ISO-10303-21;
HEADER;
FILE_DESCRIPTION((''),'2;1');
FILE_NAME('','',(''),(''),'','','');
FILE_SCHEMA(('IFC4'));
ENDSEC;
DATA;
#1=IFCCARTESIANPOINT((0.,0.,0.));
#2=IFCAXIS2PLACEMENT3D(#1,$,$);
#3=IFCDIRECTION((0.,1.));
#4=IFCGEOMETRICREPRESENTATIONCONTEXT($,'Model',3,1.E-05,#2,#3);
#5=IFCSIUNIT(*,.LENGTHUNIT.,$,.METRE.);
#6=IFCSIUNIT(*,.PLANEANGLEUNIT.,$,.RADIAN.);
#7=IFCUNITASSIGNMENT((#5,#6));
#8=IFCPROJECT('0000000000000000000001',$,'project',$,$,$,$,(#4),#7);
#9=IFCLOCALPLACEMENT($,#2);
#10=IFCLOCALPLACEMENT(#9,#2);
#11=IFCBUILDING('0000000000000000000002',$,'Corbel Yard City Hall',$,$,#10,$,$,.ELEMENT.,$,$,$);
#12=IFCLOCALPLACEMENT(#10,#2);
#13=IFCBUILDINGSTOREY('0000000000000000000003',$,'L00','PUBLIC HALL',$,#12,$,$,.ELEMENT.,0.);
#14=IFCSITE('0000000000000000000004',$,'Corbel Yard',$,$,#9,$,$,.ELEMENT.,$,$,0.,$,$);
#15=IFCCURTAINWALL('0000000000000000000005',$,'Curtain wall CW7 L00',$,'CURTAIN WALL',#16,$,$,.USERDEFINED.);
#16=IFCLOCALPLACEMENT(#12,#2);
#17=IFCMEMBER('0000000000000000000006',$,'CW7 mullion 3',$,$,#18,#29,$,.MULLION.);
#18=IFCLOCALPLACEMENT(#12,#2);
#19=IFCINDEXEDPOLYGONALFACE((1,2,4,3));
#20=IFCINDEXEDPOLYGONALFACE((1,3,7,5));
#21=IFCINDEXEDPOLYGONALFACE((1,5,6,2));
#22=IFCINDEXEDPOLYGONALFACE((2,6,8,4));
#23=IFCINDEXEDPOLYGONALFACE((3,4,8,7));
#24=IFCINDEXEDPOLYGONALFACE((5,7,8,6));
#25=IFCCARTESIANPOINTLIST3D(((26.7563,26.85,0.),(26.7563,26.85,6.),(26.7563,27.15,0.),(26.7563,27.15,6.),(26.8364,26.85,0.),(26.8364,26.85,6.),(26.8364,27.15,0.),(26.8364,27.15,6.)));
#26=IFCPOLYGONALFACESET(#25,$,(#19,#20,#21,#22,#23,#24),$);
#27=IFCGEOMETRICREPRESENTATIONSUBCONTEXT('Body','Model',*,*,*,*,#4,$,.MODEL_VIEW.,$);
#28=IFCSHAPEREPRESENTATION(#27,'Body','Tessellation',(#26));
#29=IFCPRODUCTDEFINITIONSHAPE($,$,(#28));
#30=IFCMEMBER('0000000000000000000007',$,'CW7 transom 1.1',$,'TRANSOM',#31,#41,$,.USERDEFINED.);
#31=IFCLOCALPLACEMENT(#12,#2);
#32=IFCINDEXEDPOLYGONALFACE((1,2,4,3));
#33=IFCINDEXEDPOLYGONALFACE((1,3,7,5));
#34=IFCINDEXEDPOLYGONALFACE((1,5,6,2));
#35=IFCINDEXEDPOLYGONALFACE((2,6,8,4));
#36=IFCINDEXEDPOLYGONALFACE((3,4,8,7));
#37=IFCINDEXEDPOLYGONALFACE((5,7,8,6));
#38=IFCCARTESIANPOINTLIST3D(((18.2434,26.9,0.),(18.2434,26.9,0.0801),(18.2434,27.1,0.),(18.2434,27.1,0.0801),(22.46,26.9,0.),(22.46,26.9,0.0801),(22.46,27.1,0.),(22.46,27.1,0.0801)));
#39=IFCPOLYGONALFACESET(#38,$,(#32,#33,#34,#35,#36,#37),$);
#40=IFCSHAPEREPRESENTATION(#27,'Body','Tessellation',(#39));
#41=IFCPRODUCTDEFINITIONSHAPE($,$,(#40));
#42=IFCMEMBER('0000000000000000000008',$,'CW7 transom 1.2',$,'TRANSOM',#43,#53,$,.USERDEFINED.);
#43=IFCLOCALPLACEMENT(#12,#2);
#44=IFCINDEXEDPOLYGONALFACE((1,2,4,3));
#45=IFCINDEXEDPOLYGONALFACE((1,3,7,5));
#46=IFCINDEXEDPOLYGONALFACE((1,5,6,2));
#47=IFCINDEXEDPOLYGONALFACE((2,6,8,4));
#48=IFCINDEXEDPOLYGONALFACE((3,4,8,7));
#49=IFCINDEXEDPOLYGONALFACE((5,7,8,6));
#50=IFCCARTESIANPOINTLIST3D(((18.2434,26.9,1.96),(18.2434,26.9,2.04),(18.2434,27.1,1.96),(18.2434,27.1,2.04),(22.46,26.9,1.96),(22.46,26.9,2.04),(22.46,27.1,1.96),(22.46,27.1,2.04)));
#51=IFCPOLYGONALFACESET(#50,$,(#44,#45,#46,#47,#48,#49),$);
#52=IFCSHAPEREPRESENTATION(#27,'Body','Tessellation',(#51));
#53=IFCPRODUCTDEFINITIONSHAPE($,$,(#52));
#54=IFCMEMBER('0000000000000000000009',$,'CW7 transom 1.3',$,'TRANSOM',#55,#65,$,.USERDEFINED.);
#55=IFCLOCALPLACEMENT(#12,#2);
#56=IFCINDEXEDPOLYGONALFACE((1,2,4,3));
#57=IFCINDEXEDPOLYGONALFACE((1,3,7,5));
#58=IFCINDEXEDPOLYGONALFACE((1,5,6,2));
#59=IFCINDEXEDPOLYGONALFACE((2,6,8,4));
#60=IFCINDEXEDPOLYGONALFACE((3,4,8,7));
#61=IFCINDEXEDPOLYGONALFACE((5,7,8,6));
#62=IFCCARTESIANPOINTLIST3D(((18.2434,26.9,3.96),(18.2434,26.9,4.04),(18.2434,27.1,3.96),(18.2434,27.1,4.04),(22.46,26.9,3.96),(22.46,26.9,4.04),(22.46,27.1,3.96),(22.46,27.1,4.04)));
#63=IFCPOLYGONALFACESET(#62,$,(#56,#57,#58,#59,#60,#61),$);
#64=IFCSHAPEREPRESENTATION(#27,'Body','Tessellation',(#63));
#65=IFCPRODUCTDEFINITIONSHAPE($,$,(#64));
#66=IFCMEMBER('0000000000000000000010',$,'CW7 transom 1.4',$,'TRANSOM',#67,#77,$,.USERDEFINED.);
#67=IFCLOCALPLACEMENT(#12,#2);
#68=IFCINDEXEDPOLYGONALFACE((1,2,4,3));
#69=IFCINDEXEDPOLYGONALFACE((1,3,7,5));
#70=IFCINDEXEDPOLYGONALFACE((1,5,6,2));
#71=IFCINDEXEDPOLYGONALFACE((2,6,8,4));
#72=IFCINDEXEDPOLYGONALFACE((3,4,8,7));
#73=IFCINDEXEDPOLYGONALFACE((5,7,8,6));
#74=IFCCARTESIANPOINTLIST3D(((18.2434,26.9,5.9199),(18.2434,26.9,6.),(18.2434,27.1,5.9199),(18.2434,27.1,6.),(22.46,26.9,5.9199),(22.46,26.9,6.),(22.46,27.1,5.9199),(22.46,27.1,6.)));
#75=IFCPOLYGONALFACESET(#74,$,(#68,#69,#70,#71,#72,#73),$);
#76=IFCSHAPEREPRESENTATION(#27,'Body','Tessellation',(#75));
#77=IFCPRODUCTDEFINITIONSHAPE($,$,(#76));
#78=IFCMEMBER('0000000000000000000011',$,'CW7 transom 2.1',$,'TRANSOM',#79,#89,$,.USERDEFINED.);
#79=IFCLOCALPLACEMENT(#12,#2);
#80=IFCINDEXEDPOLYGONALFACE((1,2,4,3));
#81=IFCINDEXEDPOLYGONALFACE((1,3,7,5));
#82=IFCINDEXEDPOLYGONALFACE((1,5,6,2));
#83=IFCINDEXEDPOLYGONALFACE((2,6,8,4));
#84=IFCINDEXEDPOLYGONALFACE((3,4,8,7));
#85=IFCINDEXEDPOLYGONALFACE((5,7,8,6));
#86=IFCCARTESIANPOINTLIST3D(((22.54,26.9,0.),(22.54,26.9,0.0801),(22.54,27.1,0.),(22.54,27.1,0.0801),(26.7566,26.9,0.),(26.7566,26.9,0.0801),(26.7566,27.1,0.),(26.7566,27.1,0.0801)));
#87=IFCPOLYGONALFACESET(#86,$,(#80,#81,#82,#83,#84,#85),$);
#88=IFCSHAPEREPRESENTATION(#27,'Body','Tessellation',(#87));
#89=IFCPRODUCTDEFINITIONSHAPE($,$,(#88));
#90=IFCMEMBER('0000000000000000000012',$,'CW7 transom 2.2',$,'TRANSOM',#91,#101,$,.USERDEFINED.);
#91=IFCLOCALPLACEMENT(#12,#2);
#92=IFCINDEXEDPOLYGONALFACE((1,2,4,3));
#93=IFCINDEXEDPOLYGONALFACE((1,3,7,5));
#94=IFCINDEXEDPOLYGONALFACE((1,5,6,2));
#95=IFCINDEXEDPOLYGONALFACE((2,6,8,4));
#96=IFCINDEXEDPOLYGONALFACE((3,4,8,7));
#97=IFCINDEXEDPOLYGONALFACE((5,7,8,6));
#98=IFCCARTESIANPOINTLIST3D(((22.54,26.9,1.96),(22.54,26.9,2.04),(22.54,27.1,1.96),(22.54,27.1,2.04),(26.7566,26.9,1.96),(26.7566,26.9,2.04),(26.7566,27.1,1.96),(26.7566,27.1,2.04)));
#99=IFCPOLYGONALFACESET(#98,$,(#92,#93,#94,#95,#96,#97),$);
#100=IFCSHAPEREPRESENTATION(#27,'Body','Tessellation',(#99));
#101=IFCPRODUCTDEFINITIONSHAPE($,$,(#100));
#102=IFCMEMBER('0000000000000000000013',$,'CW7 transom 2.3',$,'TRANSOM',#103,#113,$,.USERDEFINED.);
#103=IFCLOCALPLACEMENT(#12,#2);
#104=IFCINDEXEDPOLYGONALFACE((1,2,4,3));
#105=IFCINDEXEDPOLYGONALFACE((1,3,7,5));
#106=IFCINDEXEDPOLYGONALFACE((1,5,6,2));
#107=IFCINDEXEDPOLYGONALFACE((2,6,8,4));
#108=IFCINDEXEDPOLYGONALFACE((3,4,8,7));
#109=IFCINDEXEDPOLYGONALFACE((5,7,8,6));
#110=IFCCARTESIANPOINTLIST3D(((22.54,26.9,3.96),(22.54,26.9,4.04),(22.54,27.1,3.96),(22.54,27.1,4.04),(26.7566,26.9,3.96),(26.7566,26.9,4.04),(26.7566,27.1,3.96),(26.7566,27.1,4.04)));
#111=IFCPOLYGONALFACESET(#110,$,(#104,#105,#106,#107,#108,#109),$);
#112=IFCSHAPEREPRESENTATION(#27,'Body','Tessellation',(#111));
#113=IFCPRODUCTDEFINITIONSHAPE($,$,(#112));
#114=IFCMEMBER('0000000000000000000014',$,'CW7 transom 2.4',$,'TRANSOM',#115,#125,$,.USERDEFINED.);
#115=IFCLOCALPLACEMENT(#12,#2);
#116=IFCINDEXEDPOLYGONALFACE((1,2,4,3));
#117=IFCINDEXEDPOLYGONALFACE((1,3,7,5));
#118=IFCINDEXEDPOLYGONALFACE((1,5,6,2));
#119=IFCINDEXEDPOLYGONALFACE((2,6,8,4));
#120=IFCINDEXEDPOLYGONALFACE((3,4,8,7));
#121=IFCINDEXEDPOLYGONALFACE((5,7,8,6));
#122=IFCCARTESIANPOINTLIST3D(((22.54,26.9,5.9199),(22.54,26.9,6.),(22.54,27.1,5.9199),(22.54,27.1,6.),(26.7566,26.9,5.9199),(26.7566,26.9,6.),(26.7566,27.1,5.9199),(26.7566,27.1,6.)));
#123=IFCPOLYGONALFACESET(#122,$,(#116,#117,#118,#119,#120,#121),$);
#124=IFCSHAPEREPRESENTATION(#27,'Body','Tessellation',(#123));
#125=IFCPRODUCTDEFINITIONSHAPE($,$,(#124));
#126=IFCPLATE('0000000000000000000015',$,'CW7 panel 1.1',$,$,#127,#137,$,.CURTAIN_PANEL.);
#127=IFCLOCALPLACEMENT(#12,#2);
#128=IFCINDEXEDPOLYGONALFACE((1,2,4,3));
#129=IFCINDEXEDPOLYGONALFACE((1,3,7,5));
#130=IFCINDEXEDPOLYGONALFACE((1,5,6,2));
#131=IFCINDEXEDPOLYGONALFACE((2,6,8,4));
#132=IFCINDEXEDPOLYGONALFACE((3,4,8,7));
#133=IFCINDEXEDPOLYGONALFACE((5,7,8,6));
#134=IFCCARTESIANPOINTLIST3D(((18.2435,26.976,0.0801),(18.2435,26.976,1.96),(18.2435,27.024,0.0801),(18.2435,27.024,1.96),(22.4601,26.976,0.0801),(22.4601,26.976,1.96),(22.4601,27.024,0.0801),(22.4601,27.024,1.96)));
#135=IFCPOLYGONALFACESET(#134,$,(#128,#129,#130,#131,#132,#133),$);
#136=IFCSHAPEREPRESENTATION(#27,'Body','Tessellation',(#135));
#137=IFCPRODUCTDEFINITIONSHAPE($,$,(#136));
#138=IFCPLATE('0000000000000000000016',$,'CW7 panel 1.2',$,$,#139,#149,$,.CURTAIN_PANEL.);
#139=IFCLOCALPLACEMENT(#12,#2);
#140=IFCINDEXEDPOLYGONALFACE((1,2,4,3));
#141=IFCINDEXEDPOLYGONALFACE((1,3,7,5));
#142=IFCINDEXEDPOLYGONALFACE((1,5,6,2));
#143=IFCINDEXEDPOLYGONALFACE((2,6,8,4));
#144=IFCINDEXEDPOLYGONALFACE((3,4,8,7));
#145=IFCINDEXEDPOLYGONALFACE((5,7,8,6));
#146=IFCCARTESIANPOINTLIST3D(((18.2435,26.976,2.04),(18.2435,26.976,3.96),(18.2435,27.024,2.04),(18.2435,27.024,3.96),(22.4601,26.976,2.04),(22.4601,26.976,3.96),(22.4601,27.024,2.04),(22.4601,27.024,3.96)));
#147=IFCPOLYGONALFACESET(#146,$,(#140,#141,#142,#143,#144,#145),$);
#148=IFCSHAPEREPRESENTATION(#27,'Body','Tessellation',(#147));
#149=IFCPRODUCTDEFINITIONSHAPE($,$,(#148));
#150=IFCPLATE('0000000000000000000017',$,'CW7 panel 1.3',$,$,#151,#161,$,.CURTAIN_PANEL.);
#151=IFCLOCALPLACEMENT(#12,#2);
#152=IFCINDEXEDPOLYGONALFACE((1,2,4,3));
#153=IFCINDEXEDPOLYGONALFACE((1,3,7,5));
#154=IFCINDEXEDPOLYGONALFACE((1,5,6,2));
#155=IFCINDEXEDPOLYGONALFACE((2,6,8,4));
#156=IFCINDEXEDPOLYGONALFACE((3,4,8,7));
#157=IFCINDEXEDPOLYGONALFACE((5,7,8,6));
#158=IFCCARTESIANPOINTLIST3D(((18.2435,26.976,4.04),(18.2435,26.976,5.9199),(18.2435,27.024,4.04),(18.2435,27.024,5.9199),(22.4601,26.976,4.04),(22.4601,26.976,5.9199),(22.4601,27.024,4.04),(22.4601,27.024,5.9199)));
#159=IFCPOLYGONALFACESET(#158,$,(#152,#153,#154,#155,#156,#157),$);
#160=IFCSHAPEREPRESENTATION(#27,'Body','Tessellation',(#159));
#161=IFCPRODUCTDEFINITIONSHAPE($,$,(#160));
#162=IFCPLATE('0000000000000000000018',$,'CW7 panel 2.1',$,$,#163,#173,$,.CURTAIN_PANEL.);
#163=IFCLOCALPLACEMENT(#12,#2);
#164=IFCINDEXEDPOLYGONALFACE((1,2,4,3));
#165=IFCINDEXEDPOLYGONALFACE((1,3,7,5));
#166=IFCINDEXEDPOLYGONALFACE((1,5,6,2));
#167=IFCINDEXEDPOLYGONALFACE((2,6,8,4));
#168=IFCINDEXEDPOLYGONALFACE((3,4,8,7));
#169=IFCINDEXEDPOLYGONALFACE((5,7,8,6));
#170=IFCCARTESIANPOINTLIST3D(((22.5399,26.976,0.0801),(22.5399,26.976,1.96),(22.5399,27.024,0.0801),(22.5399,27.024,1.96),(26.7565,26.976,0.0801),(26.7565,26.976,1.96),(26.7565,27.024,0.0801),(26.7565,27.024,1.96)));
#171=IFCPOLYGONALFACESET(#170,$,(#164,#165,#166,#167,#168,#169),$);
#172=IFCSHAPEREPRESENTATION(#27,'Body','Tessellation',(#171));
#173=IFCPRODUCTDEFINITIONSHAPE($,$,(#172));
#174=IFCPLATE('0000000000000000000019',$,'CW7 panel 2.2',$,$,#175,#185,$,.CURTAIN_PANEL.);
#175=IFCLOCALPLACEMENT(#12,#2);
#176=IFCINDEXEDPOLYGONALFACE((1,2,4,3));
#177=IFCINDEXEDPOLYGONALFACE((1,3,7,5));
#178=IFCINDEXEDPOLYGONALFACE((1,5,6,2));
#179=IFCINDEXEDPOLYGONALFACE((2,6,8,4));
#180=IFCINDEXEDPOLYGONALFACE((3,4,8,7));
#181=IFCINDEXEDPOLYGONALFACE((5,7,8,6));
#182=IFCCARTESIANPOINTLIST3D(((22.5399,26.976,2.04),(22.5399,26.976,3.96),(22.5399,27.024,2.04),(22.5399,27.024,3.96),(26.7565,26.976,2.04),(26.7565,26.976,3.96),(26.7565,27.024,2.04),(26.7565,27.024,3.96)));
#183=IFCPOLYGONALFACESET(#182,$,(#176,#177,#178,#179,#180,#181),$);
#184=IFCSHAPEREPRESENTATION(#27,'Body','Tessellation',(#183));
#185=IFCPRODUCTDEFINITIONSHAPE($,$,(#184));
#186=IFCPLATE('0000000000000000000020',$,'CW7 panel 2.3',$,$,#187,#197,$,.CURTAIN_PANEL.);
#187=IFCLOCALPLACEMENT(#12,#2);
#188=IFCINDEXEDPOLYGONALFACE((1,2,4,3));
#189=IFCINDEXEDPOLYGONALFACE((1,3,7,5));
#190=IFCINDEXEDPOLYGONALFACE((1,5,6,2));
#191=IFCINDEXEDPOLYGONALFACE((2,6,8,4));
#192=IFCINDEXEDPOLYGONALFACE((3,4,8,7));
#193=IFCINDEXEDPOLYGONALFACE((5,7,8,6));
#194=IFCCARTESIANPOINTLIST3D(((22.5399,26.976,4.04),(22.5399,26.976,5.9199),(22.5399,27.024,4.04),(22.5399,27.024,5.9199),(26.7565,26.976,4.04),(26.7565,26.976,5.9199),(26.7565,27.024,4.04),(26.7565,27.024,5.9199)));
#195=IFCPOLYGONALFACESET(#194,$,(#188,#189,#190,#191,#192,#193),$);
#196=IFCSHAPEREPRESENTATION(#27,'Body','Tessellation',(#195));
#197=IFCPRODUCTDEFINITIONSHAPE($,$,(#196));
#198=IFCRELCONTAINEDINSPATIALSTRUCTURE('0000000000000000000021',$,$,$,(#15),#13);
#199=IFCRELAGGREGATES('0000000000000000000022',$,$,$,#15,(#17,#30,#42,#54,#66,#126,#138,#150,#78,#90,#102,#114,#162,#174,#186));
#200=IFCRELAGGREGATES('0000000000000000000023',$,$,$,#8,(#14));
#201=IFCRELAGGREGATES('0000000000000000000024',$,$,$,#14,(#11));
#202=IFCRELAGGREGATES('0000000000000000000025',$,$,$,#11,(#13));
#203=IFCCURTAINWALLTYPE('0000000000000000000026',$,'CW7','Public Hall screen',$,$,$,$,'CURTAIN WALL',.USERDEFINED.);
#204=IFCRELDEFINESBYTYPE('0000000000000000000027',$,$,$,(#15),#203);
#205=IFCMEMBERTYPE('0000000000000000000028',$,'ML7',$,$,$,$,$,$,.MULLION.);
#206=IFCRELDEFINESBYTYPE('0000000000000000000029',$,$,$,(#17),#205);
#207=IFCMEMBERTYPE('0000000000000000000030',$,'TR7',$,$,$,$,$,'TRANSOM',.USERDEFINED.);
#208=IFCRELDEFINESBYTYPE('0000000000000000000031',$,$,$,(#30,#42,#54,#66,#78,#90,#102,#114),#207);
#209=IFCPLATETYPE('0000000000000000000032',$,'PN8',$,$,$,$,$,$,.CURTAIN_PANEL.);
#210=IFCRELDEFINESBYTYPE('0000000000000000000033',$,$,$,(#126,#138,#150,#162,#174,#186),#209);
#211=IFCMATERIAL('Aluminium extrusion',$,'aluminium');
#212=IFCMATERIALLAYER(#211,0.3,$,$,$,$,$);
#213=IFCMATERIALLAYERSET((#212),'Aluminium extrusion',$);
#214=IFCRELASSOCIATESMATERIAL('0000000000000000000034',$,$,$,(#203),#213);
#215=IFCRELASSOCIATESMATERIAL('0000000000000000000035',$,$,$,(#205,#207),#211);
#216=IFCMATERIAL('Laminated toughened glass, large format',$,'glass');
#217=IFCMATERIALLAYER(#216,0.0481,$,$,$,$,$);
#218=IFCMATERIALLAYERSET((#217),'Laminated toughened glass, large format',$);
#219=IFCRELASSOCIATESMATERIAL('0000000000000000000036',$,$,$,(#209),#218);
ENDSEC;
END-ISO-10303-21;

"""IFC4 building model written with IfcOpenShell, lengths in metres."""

from ifc_helpers import new_model, si_unit, direction, frame, origin, origin_2d, place, context, subcontext, project, spatial, rectangle, extrude, material, layer, layer_set, material_profile, profile_set, type_object, element, aggregate, save


model = new_model("IFC4")

# Units and contexts
model_context = context("Model", 3, precision=1e-05, world=origin(), true_north=direction((0.0, 1.0)))
body_context = subcontext(model_context, "Body", "Model", "MODEL_VIEW")
ifc_project = project(units=[si_unit("LENGTHUNIT", "METRE"), si_unit("PLANEANGLEUNIT", "RADIAN")], contexts=[model_context])

# Site, building, storey
site_placement = place(None, origin())
site = spatial("IfcSite", under=ifc_project, at=site_placement, Name="Corbel Yard", CompositionType="ELEMENT", RefElevation=0.0)
building_placement = place(site_placement, origin())
building = spatial("IfcBuilding", under=site, at=building_placement, Name="Corbel Yard City Hall", CompositionType="ELEMENT")
storey_placement = place(building_placement, origin())
storey = spatial("IfcBuildingStorey", under=building, at=storey_placement, Name="L00", Description="PUBLIC HALL", CompositionType="ELEMENT", Elevation=0.0)

# Curtain wall, members, plates
ifc_material_1 = material(Name="Aluminium extrusion", Category="aluminium")
ifc_layer_1 = layer(ifc_material_1, 0.3)
ifc_layer_set_1 = layer_set([ifc_layer_1], Name="Aluminium extrusion")
curtain_wall_type = type_object("IfcCurtainWallType", Name="CW7", Description="Public Hall screen", ElementType="CURTAIN WALL", PredefinedType="USERDEFINED", material=ifc_layer_set_1)
curtain_wall_placement = place(storey_placement, origin())
curtain_wall = element("IfcCurtainWall", 1, at=curtain_wall_placement, inside=storey, type_object=curtain_wall_type, Name="Curtain wall CW7 L00", ObjectType="CURTAIN WALL", PredefinedType="USERDEFINED")
ifc_material_profile_1 = material_profile(ifc_material_1, rectangle(XDim=0.3, YDim=0.0801, at=origin_2d()), Name="300x80")
ifc_profile_set_1 = profile_set([ifc_material_profile_1], Name="Aluminium extrusion")
member_type_1 = type_object("IfcMemberType", Name="ML7", PredefinedType="MULLION", material=ifc_profile_set_1)
member_1_placement = place(storey_placement, frame((26.7964, 27.0, 0.0), z_axis=(0.0, 0.0, 1.0), x_axis=(0.0, 1.0, 0.0)))
member_1 = element("IfcMember", 2, at=member_1_placement, type_object=member_type_1, Name="CW7 mullion 3", PredefinedType="MULLION", context=body_context, shape_type="SweptSolid", body=[
    extrude(rectangle(XDim=0.3, YDim=0.0801, at=origin_2d()), origin(), (0.0, 0.0, 1.0), 6.0),
])
ifc_material_profile_2 = material_profile(ifc_material_1, rectangle(XDim=0.2, YDim=0.0801, at=origin_2d()), Name="200x80")
ifc_profile_set_2 = profile_set([ifc_material_profile_2], Name="Aluminium extrusion")
member_type_2 = type_object("IfcMemberType", Name="TR7", ElementType="TRANSOM", PredefinedType="USERDEFINED", material=ifc_profile_set_2)
member_2_placement = place(storey_placement, frame((18.2434, 27.0, 0.04), z_axis=(1.0, 0.0, 0.0), x_axis=(0.0, 1.0, 0.0)))
member_2 = element("IfcMember", 3, at=member_2_placement, type_object=member_type_2, Name="CW7 transom 1.1", ObjectType="TRANSOM", PredefinedType="USERDEFINED", context=body_context, shape_type="SweptSolid", body=[
    extrude(rectangle(XDim=0.2, YDim=0.0801, at=origin_2d()), origin(), (0.0, 0.0, 1.0), 4.2166),
])
member_3_placement = place(storey_placement, frame((18.2434, 27.0, 2.0), z_axis=(1.0, 0.0, 0.0), x_axis=(0.0, 1.0, 0.0)))
member_3 = element("IfcMember", 4, at=member_3_placement, type_object=member_type_2, Name="CW7 transom 1.2", ObjectType="TRANSOM", PredefinedType="USERDEFINED", context=body_context, shape_type="SweptSolid", body=[
    extrude(rectangle(XDim=0.2, YDim=0.0801, at=origin_2d()), origin(), (0.0, 0.0, 1.0), 4.2166),
])
member_4_placement = place(storey_placement, frame((18.2434, 27.0, 4.0), z_axis=(1.0, 0.0, 0.0), x_axis=(0.0, 1.0, 0.0)))
member_4 = element("IfcMember", 5, at=member_4_placement, type_object=member_type_2, Name="CW7 transom 1.3", ObjectType="TRANSOM", PredefinedType="USERDEFINED", context=body_context, shape_type="SweptSolid", body=[
    extrude(rectangle(XDim=0.2, YDim=0.0801, at=origin_2d()), origin(), (0.0, 0.0, 1.0), 4.2166),
])
member_5_placement = place(storey_placement, frame((18.2434, 27.0, 5.96), z_axis=(1.0, 0.0, 0.0), x_axis=(0.0, 1.0, 0.0)))
member_5 = element("IfcMember", 6, at=member_5_placement, type_object=member_type_2, Name="CW7 transom 1.4", ObjectType="TRANSOM", PredefinedType="USERDEFINED", context=body_context, shape_type="SweptSolid", body=[
    extrude(rectangle(XDim=0.2, YDim=0.0801, at=origin_2d()), origin(), (0.0, 0.0, 1.0), 4.2166),
])
member_6_placement = place(storey_placement, frame((22.54, 27.0, 0.04), z_axis=(1.0, 0.0, 0.0), x_axis=(0.0, 1.0, 0.0)))
member_6 = element("IfcMember", 7, at=member_6_placement, type_object=member_type_2, Name="CW7 transom 2.1", ObjectType="TRANSOM", PredefinedType="USERDEFINED", context=body_context, shape_type="SweptSolid", body=[
    extrude(rectangle(XDim=0.2, YDim=0.0801, at=origin_2d()), origin(), (0.0, 0.0, 1.0), 4.2166),
])
member_7_placement = place(storey_placement, frame((22.54, 27.0, 2.0), z_axis=(1.0, 0.0, 0.0), x_axis=(0.0, 1.0, 0.0)))
member_7 = element("IfcMember", 8, at=member_7_placement, type_object=member_type_2, Name="CW7 transom 2.2", ObjectType="TRANSOM", PredefinedType="USERDEFINED", context=body_context, shape_type="SweptSolid", body=[
    extrude(rectangle(XDim=0.2, YDim=0.0801, at=origin_2d()), origin(), (0.0, 0.0, 1.0), 4.2166),
])
member_8_placement = place(storey_placement, frame((22.54, 27.0, 4.0), z_axis=(1.0, 0.0, 0.0), x_axis=(0.0, 1.0, 0.0)))
member_8 = element("IfcMember", 9, at=member_8_placement, type_object=member_type_2, Name="CW7 transom 2.3", ObjectType="TRANSOM", PredefinedType="USERDEFINED", context=body_context, shape_type="SweptSolid", body=[
    extrude(rectangle(XDim=0.2, YDim=0.0801, at=origin_2d()), origin(), (0.0, 0.0, 1.0), 4.2166),
])
member_9_placement = place(storey_placement, frame((22.54, 27.0, 5.96), z_axis=(1.0, 0.0, 0.0), x_axis=(0.0, 1.0, 0.0)))
member_9 = element("IfcMember", 10, at=member_9_placement, type_object=member_type_2, Name="CW7 transom 2.4", ObjectType="TRANSOM", PredefinedType="USERDEFINED", context=body_context, shape_type="SweptSolid", body=[
    extrude(rectangle(XDim=0.2, YDim=0.0801, at=origin_2d()), origin(), (0.0, 0.0, 1.0), 4.2166),
])
ifc_material_2 = material(Name="Laminated toughened glass, large format", Category="glass")
ifc_layer_2 = layer(ifc_material_2, 0.0481)
ifc_layer_set_2 = layer_set([ifc_layer_2], Name="Laminated toughened glass, large format")
plate_type = type_object("IfcPlateType", Name="PN8", PredefinedType="CURTAIN_PANEL", material=ifc_layer_set_2)
plate_1_placement = place(storey_placement, frame((20.3518, 27.0, 0.0801), z_axis=(0.0, 0.0, 1.0), x_axis=(1.0, 0.0, 0.0)))
plate_1 = element("IfcPlate", 11, at=plate_1_placement, type_object=plate_type, Name="CW7 panel 1.1", PredefinedType="CURTAIN_PANEL", context=body_context, shape_type="SweptSolid", body=[
    extrude(rectangle(XDim=4.2166, YDim=0.0481, at=origin_2d()), origin(), (0.0, 0.0, 1.0), 1.8799),
])
plate_2_placement = place(storey_placement, frame((20.3518, 27.0, 2.04), z_axis=(0.0, 0.0, 1.0), x_axis=(1.0, 0.0, 0.0)))
plate_2 = element("IfcPlate", 12, at=plate_2_placement, type_object=plate_type, Name="CW7 panel 1.2", PredefinedType="CURTAIN_PANEL", context=body_context, shape_type="SweptSolid", body=[
    extrude(rectangle(XDim=4.2166, YDim=0.0481, at=origin_2d()), origin(), (0.0, 0.0, 1.0), 1.9199),
])
plate_3_placement = place(storey_placement, frame((20.3518, 27.0, 4.04), z_axis=(0.0, 0.0, 1.0), x_axis=(1.0, 0.0, 0.0)))
plate_3 = element("IfcPlate", 13, at=plate_3_placement, type_object=plate_type, Name="CW7 panel 1.3", PredefinedType="CURTAIN_PANEL", context=body_context, shape_type="SweptSolid", body=[
    extrude(rectangle(XDim=4.2166, YDim=0.0481, at=origin_2d()), origin(), (0.0, 0.0, 1.0), 1.8799),
])
plate_4_placement = place(storey_placement, frame((24.6482, 27.0, 0.0801), z_axis=(0.0, 0.0, 1.0), x_axis=(1.0, 0.0, 0.0)))
plate_4 = element("IfcPlate", 14, at=plate_4_placement, type_object=plate_type, Name="CW7 panel 2.1", PredefinedType="CURTAIN_PANEL", context=body_context, shape_type="SweptSolid", body=[
    extrude(rectangle(XDim=4.2166, YDim=0.0481, at=origin_2d()), origin(), (0.0, 0.0, 1.0), 1.8799),
])
plate_5_placement = place(storey_placement, frame((24.6482, 27.0, 2.04), z_axis=(0.0, 0.0, 1.0), x_axis=(1.0, 0.0, 0.0)))
plate_5 = element("IfcPlate", 15, at=plate_5_placement, type_object=plate_type, Name="CW7 panel 2.2", PredefinedType="CURTAIN_PANEL", context=body_context, shape_type="SweptSolid", body=[
    extrude(rectangle(XDim=4.2166, YDim=0.0481, at=origin_2d()), origin(), (0.0, 0.0, 1.0), 1.9199),
])
plate_6_placement = place(storey_placement, frame((24.6482, 27.0, 4.04), z_axis=(0.0, 0.0, 1.0), x_axis=(1.0, 0.0, 0.0)))
plate_6 = element("IfcPlate", 16, at=plate_6_placement, type_object=plate_type, Name="CW7 panel 2.3", PredefinedType="CURTAIN_PANEL", context=body_context, shape_type="SweptSolid", body=[
    extrude(rectangle(XDim=4.2166, YDim=0.0481, at=origin_2d()), origin(), (0.0, 0.0, 1.0), 1.8799),
])
aggregate(curtain_wall, [member_1, member_2, member_3, member_4, member_5, plate_1, plate_2, plate_3, member_6, member_7, member_8, member_9, plate_4, plate_5, plate_6])

save(model, "model.ifc")
